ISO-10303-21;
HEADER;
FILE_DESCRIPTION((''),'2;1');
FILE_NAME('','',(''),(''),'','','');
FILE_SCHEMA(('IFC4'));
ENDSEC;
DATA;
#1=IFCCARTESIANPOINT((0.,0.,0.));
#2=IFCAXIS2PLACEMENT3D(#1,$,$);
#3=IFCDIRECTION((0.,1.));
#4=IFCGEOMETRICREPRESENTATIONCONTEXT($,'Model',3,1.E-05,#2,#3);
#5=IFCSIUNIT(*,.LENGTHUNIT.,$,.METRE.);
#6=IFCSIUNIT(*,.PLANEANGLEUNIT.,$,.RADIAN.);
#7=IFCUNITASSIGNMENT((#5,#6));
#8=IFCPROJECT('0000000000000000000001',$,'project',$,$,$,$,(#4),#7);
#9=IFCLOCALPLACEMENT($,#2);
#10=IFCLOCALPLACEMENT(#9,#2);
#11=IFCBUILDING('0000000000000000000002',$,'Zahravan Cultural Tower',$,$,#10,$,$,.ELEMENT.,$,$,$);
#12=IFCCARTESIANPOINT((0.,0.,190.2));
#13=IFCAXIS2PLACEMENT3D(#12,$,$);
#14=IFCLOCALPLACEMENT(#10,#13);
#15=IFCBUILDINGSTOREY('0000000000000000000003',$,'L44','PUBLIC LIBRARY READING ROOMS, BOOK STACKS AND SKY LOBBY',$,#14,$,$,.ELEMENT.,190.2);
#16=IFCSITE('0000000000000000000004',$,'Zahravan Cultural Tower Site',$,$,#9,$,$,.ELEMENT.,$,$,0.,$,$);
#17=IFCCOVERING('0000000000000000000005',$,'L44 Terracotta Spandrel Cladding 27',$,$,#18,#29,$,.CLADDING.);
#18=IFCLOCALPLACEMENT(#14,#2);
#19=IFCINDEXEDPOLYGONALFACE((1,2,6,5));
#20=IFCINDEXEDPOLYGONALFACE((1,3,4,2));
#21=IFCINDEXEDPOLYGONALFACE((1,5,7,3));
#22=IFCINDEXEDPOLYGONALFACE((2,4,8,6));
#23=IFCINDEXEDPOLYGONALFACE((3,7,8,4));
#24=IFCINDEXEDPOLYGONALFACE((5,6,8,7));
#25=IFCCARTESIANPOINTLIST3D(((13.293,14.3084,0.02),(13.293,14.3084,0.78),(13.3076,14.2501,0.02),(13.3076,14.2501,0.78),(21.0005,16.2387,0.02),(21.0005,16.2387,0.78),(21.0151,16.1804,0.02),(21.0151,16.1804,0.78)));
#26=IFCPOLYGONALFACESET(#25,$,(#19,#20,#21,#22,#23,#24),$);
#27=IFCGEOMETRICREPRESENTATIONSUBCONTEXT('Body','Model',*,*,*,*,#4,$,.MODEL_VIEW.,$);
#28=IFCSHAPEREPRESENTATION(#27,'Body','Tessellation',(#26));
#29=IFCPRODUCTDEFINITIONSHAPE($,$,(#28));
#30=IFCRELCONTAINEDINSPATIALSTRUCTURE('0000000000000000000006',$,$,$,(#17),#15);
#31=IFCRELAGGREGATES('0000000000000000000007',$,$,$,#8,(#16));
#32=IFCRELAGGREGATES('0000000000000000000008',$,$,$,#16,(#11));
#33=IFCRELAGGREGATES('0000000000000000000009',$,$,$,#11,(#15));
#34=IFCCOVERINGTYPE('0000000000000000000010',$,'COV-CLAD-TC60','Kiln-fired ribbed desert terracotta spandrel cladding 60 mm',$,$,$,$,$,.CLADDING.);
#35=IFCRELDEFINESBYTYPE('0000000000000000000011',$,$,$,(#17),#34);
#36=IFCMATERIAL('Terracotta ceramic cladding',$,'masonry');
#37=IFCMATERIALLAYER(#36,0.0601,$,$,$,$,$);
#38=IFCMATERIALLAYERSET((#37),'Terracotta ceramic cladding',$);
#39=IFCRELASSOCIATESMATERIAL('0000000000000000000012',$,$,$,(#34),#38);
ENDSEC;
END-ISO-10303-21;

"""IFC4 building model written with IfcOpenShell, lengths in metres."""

from ifc_helpers import new_model, si_unit, direction, frame, origin, origin_2d, place, context, subcontext, project, spatial, rectangle, extrude, source, transform, mapped, material, layer, layer_set, type_object, element, save


model = new_model("IFC4")

# Units and contexts
model_context = context("Model", 3, precision=1e-05, world=origin(), true_north=direction((0.0, 1.0)))
body_context = subcontext(model_context, "Body", "Model", "MODEL_VIEW")
ifc_project = project(units=[si_unit("LENGTHUNIT", "METRE"), si_unit("PLANEANGLEUNIT", "RADIAN")], contexts=[model_context])

# Site, building, storey
site_placement = place(None, origin())
site = spatial("IfcSite", under=ifc_project, at=site_placement, Name="Zahravan Cultural Tower Site", CompositionType="ELEMENT", RefElevation=0.0)
building_placement = place(site_placement, origin())
building = spatial("IfcBuilding", under=site, at=building_placement, Name="Zahravan Cultural Tower", CompositionType="ELEMENT")
storey_placement = place(building_placement, frame((0.0, 0.0, 190.2)))
storey = spatial("IfcBuildingStorey", under=building, at=storey_placement, Name="L44", Description="PUBLIC LIBRARY READING ROOMS, BOOK STACKS AND SKY LOBBY", CompositionType="ELEMENT", Elevation=190.2)

# Covering
ifc_material_1 = material(Name="Terracotta ceramic cladding", Category="masonry")
ifc_layer_1 = layer(ifc_material_1, 0.0601)
ifc_layer_set_1 = layer_set([ifc_layer_1], Name="Terracotta ceramic cladding")
covering_type_1 = type_object("IfcCoveringType", Name="COV-CLAD-TC60", Description="Kiln-fired ribbed desert terracotta spandrel cladding 60 mm", PredefinedType="CLADDING", material=ifc_layer_set_1)
shared_shape_1 = source(origin(), body_context, "Body", "SweptSolid", [
    extrude(rectangle(XDim=7.9456, YDim=0.0601, at=origin_2d()), origin(), (0.0, 0.0, 1.0), 0.76),
])
covering_1_placement = place(storey_placement, frame((17.1541, 15.2444, 0.02), z_axis=(0.0, 0.0, 1.0), x_axis=(-0.970042, -0.242938, 0.0)))
element("IfcCovering", 1, at=covering_1_placement, inside=storey, type_object=covering_type_1, Name="L44 Terracotta Spandrel Cladding 27", PredefinedType="CLADDING", context=body_context, shape_type="MappedRepresentation", body=[
    mapped(shared_shape_1, transform((0.0, 0.0, 0.0), x_axis=(1.0, 0.0, 0.0), y_axis=(0.0, 1.0, 0.0), z_axis=(0.0, 0.0, 1.0), scale=1.0)),
])

save(model, "model.ifc")
